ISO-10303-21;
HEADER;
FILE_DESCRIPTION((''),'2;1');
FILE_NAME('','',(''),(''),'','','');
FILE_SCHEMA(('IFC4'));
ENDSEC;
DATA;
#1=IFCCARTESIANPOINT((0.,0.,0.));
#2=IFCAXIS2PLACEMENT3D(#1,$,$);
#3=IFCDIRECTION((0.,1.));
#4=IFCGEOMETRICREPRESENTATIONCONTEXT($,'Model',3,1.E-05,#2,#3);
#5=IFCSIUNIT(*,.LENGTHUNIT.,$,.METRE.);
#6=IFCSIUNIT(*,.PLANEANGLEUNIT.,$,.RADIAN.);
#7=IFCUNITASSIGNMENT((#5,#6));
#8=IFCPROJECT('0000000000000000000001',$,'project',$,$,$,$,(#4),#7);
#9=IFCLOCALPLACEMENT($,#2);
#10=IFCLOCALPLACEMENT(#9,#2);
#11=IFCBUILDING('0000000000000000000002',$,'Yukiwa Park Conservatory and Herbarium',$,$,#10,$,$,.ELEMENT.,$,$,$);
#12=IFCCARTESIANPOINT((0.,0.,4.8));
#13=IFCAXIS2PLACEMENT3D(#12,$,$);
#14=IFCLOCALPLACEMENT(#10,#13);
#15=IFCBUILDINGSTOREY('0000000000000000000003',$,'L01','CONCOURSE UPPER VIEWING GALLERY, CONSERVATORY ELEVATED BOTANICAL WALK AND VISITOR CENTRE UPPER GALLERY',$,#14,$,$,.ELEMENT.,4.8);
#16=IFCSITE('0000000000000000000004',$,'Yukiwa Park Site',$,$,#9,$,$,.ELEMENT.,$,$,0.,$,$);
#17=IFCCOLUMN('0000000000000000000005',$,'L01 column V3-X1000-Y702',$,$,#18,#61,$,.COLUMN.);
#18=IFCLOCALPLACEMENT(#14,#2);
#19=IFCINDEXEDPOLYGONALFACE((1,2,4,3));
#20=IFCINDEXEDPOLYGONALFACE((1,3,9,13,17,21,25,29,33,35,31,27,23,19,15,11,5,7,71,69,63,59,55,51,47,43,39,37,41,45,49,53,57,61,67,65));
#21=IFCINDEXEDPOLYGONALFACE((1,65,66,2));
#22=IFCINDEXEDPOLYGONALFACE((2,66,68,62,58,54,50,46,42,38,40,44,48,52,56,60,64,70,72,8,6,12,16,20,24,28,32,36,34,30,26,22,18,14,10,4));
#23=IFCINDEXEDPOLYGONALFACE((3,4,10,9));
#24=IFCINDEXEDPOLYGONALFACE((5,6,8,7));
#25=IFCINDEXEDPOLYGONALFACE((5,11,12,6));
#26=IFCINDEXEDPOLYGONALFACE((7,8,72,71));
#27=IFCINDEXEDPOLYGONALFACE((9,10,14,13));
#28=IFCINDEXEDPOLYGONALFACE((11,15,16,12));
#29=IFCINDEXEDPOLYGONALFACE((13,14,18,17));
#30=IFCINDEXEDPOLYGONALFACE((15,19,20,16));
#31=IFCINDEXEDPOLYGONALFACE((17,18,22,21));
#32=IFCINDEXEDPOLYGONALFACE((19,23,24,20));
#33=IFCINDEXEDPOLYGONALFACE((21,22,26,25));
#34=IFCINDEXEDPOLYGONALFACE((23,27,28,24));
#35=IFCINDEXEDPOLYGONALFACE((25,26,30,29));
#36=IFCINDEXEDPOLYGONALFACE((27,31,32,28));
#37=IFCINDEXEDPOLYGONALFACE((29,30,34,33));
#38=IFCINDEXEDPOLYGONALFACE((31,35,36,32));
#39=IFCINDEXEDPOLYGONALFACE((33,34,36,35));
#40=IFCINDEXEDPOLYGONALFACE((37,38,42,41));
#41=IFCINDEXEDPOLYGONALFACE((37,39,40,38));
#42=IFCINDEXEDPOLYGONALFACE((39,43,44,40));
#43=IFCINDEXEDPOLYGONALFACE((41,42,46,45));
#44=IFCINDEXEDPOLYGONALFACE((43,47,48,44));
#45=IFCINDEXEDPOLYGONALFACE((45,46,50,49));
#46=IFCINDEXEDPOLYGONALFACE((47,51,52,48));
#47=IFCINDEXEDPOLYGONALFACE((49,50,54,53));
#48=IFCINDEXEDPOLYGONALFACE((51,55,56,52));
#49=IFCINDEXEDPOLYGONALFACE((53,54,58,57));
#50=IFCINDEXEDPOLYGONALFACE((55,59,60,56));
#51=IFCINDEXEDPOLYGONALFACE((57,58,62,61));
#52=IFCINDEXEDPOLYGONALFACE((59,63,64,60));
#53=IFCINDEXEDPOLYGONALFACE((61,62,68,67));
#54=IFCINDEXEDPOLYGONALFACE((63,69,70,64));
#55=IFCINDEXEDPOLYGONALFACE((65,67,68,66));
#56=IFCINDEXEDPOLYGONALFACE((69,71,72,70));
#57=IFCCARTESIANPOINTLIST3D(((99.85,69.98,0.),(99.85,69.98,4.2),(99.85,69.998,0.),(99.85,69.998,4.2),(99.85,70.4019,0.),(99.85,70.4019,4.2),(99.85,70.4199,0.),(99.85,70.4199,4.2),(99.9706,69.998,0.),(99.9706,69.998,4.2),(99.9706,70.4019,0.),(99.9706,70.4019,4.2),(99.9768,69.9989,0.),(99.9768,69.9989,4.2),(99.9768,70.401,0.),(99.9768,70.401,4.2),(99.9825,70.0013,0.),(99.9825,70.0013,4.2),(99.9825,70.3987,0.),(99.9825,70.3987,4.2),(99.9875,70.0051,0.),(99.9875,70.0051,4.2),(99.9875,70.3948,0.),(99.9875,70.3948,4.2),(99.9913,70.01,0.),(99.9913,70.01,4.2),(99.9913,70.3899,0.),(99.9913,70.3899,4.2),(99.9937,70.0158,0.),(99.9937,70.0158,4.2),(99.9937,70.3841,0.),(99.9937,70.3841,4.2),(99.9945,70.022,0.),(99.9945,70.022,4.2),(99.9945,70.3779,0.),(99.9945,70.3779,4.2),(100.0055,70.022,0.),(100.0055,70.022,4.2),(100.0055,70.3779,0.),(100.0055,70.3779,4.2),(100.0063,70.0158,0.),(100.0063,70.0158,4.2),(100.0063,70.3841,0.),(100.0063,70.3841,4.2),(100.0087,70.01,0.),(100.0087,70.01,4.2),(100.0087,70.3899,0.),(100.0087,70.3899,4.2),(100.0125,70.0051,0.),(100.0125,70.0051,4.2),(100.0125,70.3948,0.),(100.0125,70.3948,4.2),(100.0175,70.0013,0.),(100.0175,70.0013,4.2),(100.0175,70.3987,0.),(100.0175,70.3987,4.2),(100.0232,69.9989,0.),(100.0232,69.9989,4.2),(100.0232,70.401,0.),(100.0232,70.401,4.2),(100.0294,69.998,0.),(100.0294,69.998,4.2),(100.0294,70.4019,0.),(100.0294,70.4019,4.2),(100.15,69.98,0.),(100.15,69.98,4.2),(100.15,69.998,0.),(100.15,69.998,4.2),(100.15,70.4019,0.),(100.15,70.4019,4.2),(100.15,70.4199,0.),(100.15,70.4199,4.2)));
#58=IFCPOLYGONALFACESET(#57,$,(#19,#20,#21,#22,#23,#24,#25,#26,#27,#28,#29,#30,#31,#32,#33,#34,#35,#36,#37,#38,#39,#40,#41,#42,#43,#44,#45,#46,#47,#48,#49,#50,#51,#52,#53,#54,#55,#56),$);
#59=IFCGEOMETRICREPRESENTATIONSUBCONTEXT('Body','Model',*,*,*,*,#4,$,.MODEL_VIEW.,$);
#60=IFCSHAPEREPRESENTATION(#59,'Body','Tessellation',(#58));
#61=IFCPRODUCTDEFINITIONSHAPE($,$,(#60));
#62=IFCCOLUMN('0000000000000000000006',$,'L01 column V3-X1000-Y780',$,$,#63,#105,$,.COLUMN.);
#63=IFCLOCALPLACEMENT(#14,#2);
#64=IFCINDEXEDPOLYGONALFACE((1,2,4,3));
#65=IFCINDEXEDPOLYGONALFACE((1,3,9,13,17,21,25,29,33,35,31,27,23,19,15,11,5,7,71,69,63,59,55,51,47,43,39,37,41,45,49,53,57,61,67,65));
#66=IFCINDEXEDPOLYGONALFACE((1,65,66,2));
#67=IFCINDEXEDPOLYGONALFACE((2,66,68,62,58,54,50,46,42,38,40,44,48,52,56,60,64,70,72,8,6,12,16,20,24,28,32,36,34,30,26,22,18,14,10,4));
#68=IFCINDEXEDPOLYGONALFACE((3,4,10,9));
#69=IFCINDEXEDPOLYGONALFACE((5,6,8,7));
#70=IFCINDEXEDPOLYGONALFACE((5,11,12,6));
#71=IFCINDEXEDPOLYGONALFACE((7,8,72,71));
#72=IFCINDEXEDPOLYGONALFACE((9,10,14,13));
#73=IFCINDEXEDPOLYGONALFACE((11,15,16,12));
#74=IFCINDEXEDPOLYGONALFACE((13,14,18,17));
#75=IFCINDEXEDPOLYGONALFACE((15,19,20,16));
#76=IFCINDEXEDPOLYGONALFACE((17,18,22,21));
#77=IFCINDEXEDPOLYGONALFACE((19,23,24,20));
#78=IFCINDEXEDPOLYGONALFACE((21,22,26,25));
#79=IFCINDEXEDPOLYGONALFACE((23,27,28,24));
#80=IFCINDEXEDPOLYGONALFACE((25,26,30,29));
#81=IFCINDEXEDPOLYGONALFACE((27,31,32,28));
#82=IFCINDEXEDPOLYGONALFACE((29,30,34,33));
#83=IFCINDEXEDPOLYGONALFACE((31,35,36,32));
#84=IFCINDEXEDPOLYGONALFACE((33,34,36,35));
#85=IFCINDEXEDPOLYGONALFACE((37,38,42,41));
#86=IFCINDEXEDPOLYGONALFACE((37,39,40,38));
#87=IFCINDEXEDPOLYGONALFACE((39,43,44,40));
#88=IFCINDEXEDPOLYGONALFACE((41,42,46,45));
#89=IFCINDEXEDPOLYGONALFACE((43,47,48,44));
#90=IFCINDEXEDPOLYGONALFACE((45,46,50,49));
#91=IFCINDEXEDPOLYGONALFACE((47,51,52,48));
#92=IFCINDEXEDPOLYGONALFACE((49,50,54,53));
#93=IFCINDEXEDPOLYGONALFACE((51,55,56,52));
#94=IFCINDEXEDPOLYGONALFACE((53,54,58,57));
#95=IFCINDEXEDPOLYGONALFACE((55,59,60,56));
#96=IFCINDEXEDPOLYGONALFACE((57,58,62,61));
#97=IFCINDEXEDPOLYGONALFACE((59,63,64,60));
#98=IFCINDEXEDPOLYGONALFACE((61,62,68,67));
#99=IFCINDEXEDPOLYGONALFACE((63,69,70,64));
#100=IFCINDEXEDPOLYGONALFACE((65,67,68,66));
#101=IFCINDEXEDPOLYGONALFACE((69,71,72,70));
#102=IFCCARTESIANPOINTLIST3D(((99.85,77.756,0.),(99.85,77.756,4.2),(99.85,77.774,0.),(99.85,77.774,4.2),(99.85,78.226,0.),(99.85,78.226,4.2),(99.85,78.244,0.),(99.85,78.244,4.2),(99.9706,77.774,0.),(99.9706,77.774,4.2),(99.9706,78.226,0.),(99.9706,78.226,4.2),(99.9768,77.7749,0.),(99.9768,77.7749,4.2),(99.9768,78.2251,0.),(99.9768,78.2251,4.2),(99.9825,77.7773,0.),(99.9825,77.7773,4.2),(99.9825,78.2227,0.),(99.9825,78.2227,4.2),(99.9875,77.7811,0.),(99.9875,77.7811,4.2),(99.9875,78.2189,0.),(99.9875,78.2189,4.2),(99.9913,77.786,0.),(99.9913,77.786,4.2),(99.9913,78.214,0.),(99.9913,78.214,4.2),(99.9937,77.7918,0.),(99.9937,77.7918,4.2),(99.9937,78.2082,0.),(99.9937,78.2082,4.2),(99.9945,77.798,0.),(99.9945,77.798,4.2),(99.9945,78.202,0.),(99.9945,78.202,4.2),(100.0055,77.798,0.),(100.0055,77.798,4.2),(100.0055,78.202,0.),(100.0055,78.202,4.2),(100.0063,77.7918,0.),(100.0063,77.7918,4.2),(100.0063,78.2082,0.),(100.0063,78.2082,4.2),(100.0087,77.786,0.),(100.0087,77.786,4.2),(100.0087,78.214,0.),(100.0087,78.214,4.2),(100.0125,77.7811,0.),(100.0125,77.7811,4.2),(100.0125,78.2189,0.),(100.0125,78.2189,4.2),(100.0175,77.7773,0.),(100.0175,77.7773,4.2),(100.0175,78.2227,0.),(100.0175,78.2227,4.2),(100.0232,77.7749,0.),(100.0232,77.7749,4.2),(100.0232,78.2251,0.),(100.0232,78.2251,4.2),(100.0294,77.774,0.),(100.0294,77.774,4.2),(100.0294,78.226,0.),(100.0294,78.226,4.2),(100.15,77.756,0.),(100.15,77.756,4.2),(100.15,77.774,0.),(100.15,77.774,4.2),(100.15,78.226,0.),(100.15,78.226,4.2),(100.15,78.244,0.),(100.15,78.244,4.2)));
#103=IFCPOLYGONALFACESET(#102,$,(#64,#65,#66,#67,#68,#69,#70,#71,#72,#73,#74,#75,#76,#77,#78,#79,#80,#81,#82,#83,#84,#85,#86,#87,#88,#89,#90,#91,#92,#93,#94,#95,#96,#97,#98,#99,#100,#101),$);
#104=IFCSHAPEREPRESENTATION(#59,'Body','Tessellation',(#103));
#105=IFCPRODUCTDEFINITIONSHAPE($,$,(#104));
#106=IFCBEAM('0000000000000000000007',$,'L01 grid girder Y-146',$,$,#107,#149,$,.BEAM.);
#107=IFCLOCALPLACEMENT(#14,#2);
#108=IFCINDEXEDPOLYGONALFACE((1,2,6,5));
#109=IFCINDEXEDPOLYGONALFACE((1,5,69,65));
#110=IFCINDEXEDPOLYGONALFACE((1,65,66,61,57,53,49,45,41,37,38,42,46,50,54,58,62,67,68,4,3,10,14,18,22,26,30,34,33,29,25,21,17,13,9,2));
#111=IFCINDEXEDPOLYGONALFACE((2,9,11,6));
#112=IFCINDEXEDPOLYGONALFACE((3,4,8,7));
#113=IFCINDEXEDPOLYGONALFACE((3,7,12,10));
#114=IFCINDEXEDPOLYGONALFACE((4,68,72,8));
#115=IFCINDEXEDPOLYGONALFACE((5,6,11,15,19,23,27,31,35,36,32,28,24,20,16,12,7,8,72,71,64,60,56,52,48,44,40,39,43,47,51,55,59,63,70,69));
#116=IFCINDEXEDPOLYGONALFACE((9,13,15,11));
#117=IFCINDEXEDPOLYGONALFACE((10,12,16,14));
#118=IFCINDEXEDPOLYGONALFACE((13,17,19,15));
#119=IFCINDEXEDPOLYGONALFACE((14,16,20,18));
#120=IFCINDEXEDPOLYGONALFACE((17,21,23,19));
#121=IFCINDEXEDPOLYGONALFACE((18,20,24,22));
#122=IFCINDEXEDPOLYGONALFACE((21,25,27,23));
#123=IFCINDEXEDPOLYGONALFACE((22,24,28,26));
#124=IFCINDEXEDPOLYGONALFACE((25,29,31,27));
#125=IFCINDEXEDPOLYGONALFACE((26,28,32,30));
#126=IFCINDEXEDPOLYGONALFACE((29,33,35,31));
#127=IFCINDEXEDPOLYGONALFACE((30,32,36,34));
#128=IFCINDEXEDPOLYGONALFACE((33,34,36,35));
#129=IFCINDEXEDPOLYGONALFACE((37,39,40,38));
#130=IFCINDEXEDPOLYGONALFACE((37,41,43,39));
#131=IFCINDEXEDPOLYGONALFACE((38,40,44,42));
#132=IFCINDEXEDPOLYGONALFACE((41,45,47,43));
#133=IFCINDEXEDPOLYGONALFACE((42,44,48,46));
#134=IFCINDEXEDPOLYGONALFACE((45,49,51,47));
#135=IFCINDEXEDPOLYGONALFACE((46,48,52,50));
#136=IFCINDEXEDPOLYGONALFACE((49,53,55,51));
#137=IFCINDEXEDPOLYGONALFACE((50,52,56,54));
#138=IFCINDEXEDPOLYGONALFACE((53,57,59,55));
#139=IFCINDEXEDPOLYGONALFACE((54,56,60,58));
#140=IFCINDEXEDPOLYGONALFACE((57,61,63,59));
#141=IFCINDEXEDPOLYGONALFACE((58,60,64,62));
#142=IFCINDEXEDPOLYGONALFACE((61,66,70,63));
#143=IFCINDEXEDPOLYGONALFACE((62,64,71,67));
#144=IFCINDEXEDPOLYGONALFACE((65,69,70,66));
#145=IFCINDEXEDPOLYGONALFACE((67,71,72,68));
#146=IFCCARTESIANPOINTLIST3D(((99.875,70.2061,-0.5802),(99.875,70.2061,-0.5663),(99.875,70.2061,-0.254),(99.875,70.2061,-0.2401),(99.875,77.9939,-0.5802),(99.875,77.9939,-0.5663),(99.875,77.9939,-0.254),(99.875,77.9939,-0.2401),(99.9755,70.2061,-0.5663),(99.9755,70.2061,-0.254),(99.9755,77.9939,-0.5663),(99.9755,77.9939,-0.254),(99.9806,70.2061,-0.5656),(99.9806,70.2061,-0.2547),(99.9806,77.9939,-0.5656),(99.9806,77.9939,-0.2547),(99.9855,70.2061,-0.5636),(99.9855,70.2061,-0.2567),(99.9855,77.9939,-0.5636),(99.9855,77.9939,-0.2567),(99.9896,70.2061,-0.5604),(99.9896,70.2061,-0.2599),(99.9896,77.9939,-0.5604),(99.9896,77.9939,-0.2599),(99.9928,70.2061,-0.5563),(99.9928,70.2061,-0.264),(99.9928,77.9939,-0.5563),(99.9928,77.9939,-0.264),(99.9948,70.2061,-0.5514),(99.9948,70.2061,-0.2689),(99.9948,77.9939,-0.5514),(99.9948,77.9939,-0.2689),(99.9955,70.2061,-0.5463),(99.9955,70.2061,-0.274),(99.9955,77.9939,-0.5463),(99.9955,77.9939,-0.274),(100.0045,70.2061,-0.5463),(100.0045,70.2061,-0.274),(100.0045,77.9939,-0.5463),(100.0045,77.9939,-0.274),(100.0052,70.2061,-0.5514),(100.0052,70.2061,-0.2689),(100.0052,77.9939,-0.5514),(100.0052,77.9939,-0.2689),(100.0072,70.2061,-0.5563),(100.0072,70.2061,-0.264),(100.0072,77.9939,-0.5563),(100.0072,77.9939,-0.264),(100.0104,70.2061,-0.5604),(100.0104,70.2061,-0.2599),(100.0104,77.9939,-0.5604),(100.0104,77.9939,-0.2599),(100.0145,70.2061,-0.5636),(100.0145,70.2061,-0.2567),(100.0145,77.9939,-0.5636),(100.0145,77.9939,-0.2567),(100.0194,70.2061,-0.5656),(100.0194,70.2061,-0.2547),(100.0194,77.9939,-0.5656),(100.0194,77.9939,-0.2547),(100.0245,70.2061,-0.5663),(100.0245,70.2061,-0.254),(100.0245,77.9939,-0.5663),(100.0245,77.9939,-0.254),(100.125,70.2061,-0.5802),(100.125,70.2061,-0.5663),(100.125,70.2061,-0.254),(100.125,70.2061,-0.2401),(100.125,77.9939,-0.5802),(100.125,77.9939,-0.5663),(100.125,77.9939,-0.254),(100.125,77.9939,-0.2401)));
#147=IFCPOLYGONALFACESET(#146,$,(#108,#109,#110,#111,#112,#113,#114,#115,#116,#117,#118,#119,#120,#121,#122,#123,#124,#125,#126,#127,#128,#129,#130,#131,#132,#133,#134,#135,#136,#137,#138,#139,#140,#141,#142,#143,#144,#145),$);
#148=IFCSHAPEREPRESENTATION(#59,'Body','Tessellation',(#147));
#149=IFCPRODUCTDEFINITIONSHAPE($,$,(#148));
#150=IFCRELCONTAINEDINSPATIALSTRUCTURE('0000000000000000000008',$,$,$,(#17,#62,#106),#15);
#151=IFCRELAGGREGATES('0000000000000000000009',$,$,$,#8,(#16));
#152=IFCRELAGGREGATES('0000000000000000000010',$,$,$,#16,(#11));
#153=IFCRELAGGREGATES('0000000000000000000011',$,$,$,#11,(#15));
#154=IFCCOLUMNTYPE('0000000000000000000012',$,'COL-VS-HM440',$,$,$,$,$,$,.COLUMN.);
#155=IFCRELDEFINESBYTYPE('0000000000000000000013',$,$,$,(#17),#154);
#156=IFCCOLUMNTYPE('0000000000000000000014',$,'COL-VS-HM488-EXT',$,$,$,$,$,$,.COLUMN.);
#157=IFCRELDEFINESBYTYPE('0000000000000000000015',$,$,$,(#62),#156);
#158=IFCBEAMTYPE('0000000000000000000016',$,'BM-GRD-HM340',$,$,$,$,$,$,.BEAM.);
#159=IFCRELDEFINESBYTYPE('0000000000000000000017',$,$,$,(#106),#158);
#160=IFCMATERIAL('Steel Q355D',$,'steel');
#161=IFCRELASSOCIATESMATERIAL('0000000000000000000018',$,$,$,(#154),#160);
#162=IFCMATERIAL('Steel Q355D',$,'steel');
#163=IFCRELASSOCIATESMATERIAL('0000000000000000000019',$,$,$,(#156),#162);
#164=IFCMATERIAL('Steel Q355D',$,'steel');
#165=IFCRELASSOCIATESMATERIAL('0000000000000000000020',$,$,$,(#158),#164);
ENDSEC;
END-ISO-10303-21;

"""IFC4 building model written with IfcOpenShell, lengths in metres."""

from ifc_helpers import new_model, si_unit, direction, frame, origin, origin_2d, place, context, subcontext, project, spatial, i_section, extrude, material, material_profile, profile_set, type_object, element, save


model = new_model("IFC4")

# Units and contexts
model_context = context("Model", 3, precision=1e-05, world=origin(), true_north=direction((0.0, 1.0)))
body_context = subcontext(model_context, "Body", "Model", "MODEL_VIEW")
ifc_project = project(units=[si_unit("LENGTHUNIT", "METRE"), si_unit("PLANEANGLEUNIT", "RADIAN")], contexts=[model_context])

# Site, building, storey
site_placement = place(None, origin())
site = spatial("IfcSite", under=ifc_project, at=site_placement, Name="Yukiwa Park Site", CompositionType="ELEMENT", RefElevation=0.0)
building_placement = place(site_placement, origin())
building = spatial("IfcBuilding", under=site, at=building_placement, Name="Yukiwa Park Conservatory and Herbarium", CompositionType="ELEMENT")
storey_placement = place(building_placement, frame((0.0, 0.0, 4.8)))
storey = spatial("IfcBuildingStorey", under=building, at=storey_placement, Name="L01", Description="CONCOURSE UPPER VIEWING GALLERY, CONSERVATORY ELEVATED BOTANICAL WALK AND VISITOR CENTRE UPPER GALLERY", CompositionType="ELEMENT", Elevation=4.8)

# Columns
ifc_material_1 = material(Name="Steel Q355D", Category="steel")
ifc_material_profile_1 = material_profile(ifc_material_1, i_section(OverallWidth=0.3, OverallDepth=0.4399, WebThickness=0.011, FlangeThickness=0.0181, FilletRadius=0.0239, at=origin_2d()), Name="HM 440x300x11x18")
ifc_profile_set_1 = profile_set([ifc_material_profile_1], Name="Steel Q355D")
column_type_1 = type_object("IfcColumnType", Name="COL-VS-HM440", PredefinedType="COLUMN", material=ifc_profile_set_1)
column_1_placement = place(storey_placement, frame((100.0, 70.2, 0.0), z_axis=(0.0, 0.0, 1.0), x_axis=(1.0, 0.0, 0.0)))
element("IfcColumn", 1, at=column_1_placement, inside=storey, type_object=column_type_1, Name="L01 column V3-X1000-Y702", PredefinedType="COLUMN", context=body_context, shape_type="SweptSolid", body=[
    extrude(i_section(OverallWidth=0.3, OverallDepth=0.4399, WebThickness=0.011, FlangeThickness=0.0181, FilletRadius=0.0239, at=origin_2d()), origin(), (0.0, 0.0, 1.0), 4.2),
])
ifc_material_2 = material(Name="Steel Q355D", Category="steel")
ifc_material_profile_2 = material_profile(ifc_material_2, i_section(OverallWidth=0.3, OverallDepth=0.488, WebThickness=0.011, FlangeThickness=0.0181, FilletRadius=0.0239, at=origin_2d()), Name="HM 488x300x11x18")
ifc_profile_set_2 = profile_set([ifc_material_profile_2], Name="Steel Q355D")
column_type_2 = type_object("IfcColumnType", Name="COL-VS-HM488-EXT", PredefinedType="COLUMN", material=ifc_profile_set_2)
column_2_placement = place(storey_placement, frame((100.0, 78.0, 0.0), z_axis=(0.0, 0.0, 1.0), x_axis=(1.0, 0.0, 0.0)))
element("IfcColumn", 2, at=column_2_placement, inside=storey, type_object=column_type_2, Name="L01 column V3-X1000-Y780", PredefinedType="COLUMN", context=body_context, shape_type="SweptSolid", body=[
    extrude(i_section(OverallWidth=0.3, OverallDepth=0.488, WebThickness=0.011, FlangeThickness=0.0181, FilletRadius=0.0239, at=origin_2d()), origin(), (0.0, 0.0, 1.0), 4.2),
])

# Beam
ifc_material_3 = material(Name="Steel Q355D", Category="steel")
ifc_material_profile_3 = material_profile(ifc_material_3, i_section(OverallWidth=0.25, OverallDepth=0.3401, WebThickness=0.009, FlangeThickness=0.0139, FilletRadius=0.02, at=origin_2d()), Name="HM 340x250x9x14")
ifc_profile_set_3 = profile_set([ifc_material_profile_3], Name="Steel Q355D")
beam_type_1 = type_object("IfcBeamType", Name="BM-GRD-HM340", PredefinedType="BEAM", material=ifc_profile_set_3)
beam_1_placement = place(storey_placement, frame((100.0, 70.2061, -0.4102), z_axis=(0.0, 1.0, 0.0), x_axis=(-1.0, 0.0, 0.0)))
element("IfcBeam", 3, at=beam_1_placement, inside=storey, type_object=beam_type_1, Name="L01 grid girder Y-146", PredefinedType="BEAM", context=body_context, shape_type="SweptSolid", body=[
    extrude(i_section(OverallWidth=0.25, OverallDepth=0.3401, WebThickness=0.009, FlangeThickness=0.0139, FilletRadius=0.02, at=origin_2d()), origin(), (0.0, 0.0, 1.0), 7.7878),
])

save(model, "model.ifc")
